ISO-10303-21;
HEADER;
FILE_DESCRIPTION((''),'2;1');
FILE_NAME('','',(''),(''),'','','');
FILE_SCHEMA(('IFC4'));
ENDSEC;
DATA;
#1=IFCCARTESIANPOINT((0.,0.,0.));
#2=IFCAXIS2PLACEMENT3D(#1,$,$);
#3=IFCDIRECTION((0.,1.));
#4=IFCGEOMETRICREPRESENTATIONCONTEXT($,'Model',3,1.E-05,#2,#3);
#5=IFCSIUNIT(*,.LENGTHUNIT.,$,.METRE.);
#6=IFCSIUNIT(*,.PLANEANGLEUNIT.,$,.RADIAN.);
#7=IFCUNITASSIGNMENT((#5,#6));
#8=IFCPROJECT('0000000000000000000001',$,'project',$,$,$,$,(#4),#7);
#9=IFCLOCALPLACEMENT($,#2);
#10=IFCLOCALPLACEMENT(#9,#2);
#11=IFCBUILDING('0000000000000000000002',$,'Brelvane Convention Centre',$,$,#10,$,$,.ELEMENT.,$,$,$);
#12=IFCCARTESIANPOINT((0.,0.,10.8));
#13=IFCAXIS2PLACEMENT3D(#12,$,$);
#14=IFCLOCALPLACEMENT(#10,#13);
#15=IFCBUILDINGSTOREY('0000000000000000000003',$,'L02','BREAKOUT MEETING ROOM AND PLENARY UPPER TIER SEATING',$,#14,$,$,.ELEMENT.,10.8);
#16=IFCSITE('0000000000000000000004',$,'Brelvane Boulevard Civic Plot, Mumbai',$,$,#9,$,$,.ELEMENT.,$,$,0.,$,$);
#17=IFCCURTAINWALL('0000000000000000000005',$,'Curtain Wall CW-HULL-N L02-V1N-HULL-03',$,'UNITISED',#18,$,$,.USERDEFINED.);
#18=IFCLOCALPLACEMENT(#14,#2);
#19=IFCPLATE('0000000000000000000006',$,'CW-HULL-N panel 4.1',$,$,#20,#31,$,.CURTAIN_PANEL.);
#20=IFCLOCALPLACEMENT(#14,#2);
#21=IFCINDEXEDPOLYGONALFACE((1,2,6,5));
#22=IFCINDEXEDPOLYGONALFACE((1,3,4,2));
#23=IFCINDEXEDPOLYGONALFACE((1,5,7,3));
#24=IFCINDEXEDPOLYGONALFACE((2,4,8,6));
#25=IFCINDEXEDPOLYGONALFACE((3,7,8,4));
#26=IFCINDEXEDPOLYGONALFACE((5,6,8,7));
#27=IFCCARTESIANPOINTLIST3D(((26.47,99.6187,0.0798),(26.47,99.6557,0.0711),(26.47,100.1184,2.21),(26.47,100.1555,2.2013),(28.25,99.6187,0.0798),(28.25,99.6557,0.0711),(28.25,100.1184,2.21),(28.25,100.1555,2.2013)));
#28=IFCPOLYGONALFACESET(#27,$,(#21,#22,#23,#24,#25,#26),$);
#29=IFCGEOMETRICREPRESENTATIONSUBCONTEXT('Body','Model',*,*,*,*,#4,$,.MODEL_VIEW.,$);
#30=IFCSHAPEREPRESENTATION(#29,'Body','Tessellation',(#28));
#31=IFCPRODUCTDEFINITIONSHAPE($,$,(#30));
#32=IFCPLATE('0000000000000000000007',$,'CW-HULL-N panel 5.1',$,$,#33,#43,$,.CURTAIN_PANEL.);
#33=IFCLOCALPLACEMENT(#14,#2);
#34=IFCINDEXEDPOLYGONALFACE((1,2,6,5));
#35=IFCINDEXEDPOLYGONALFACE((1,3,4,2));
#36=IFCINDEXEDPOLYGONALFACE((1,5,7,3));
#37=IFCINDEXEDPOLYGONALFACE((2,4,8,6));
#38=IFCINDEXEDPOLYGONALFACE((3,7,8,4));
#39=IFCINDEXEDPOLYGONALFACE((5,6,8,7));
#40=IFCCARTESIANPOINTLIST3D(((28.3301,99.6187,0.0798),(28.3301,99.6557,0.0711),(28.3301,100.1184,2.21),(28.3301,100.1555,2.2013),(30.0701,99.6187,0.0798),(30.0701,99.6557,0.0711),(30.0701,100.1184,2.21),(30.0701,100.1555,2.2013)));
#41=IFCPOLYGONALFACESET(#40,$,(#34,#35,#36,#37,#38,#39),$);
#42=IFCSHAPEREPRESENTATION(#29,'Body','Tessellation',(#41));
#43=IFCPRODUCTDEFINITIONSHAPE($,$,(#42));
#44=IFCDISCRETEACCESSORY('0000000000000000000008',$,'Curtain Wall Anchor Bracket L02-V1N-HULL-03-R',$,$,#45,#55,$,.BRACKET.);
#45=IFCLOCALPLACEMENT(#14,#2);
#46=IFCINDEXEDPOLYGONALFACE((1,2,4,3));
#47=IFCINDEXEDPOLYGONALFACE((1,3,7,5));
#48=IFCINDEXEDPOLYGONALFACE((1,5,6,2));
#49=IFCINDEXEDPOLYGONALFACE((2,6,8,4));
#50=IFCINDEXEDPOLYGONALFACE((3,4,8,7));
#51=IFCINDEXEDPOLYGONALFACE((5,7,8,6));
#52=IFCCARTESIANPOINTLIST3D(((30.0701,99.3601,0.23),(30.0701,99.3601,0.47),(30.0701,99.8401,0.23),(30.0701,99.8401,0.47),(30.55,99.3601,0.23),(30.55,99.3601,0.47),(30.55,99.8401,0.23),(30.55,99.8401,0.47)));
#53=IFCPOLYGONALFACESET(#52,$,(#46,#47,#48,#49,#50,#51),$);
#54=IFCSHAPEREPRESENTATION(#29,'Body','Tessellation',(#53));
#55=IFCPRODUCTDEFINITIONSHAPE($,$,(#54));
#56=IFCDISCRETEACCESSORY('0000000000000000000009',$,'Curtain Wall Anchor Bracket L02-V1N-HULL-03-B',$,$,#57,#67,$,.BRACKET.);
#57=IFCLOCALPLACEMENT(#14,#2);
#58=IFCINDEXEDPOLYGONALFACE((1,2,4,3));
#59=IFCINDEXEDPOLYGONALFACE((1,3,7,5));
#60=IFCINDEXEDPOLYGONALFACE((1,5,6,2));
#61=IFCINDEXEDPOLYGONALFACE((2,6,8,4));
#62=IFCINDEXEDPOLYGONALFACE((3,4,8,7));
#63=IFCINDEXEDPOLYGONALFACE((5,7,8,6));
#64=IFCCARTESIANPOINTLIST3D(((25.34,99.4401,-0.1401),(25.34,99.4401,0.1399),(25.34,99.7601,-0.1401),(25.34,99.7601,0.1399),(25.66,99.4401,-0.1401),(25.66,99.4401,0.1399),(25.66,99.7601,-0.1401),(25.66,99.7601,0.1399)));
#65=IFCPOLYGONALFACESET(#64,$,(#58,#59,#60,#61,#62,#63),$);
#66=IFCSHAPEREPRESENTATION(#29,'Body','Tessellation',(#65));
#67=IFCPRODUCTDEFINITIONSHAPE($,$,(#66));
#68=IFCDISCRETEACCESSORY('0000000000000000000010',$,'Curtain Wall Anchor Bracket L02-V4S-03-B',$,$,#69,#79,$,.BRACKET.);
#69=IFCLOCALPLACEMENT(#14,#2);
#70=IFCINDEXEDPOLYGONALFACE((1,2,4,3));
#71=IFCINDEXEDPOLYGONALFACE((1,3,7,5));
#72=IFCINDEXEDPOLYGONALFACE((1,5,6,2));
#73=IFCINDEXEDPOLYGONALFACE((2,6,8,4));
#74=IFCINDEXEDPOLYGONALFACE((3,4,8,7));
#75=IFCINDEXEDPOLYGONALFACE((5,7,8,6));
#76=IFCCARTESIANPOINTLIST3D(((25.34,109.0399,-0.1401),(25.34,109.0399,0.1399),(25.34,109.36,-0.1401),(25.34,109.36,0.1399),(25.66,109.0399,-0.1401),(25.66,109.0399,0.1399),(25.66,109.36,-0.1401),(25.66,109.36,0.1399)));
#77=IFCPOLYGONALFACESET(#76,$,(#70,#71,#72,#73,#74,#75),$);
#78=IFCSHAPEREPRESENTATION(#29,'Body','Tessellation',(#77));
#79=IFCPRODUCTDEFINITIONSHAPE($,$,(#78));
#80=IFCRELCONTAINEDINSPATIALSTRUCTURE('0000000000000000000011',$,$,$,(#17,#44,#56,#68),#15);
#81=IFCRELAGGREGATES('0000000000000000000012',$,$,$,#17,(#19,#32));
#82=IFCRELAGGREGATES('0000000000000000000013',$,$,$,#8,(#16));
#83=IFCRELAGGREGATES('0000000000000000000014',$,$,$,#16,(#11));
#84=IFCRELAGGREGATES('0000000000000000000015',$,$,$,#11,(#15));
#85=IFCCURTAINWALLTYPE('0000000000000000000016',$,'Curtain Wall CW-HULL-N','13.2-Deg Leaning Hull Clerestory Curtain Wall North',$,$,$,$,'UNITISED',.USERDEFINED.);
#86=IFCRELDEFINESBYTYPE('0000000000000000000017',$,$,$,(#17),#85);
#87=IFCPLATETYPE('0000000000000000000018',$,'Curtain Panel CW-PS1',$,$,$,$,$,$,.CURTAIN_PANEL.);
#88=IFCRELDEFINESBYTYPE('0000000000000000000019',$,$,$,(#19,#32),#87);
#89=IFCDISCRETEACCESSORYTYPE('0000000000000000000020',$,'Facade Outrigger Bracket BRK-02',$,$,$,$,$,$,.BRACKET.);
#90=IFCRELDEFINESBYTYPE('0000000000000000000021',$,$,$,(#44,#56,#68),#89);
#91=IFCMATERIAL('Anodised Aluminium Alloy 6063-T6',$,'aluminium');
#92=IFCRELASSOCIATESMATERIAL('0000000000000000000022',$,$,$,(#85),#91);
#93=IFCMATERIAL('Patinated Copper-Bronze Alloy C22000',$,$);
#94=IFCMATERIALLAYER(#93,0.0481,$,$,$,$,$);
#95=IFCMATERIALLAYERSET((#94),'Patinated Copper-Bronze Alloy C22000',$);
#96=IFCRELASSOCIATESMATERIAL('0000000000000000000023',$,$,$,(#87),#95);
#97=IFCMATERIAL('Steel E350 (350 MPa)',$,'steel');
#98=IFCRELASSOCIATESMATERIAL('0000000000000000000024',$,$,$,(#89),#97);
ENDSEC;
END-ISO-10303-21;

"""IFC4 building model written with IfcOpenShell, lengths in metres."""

from ifc_helpers import new_model, si_unit, direction, frame, origin, origin_2d, place, context, subcontext, project, spatial, polyline, rectangle, outline, extrude, material, layer, layer_set, type_object, element, aggregate, save


model = new_model("IFC4")

# Units and contexts
model_context = context("Model", 3, precision=1e-05, world=origin(), true_north=direction((0.0, 1.0)))
body_context = subcontext(model_context, "Body", "Model", "MODEL_VIEW")
ifc_project = project(units=[si_unit("LENGTHUNIT", "METRE"), si_unit("PLANEANGLEUNIT", "RADIAN")], contexts=[model_context])

# Site, building, storey
site_placement = place(None, origin())
site = spatial("IfcSite", under=ifc_project, at=site_placement, Name="Brelvane Boulevard Civic Plot, Mumbai", CompositionType="ELEMENT", RefElevation=0.0)
building_placement = place(site_placement, origin())
building = spatial("IfcBuilding", under=site, at=building_placement, Name="Brelvane Convention Centre", CompositionType="ELEMENT")
storey_placement = place(building_placement, frame((0.0, 0.0, 10.8)))
storey = spatial("IfcBuildingStorey", under=building, at=storey_placement, Name="L02", Description="BREAKOUT MEETING ROOM AND PLENARY UPPER TIER SEATING", CompositionType="ELEMENT", Elevation=10.8)

# Curtain wall
ifc_material_1 = material(Name="Anodised Aluminium Alloy 6063-T6", Category="aluminium")
curtain_wall_type_1 = type_object("IfcCurtainWallType", Name="Curtain Wall CW-HULL-N", Description="13.2-Deg Leaning Hull Clerestory Curtain Wall North", ElementType="UNITISED", PredefinedType="USERDEFINED", material=ifc_material_1)
curtain_wall_1_placement = place(storey_placement, origin())
curtain_wall_1 = element("IfcCurtainWall", 1, at=curtain_wall_1_placement, inside=storey, type_object=curtain_wall_type_1, Name="Curtain Wall CW-HULL-N L02-V1N-HULL-03", ObjectType="UNITISED", PredefinedType="USERDEFINED")

# Plates
ifc_material_2 = material(Name="Patinated Copper-Bronze Alloy C22000")
ifc_layer_1 = layer(ifc_material_2, 0.0481)
ifc_layer_set_1 = layer_set([ifc_layer_1], Name="Patinated Copper-Bronze Alloy C22000")
plate_type_1 = type_object("IfcPlateType", Name="Curtain Panel CW-PS1", PredefinedType="CURTAIN_PANEL", material=ifc_layer_set_1)
plate_1_placement = place(storey_placement, frame((26.47, 99.6187, 0.0798), z_axis=(0.0, -0.973565, 0.228411), x_axis=(1.0, 0.0, 0.0)))
plate_1 = element("IfcPlate", 2, at=plate_1_placement, type_object=plate_type_1, Name="CW-HULL-N panel 4.1", PredefinedType="CURTAIN_PANEL", context=body_context, shape_type="SweptSolid", body=[
    extrude(outline(polyline([(0.0, 0.0), (1.78, 0.0), (1.78, 2.188), (0.0, 2.188), (0.0, 0.0)])), origin(), (0.0, 0.0, -1.0), 0.0381),
])
plate_2_placement = place(storey_placement, frame((28.3301, 99.6187, 0.0798), z_axis=(0.0, -0.973565, 0.228411), x_axis=(1.0, 0.0, 0.0)))
plate_2 = element("IfcPlate", 3, at=plate_2_placement, type_object=plate_type_1, Name="CW-HULL-N panel 5.1", PredefinedType="CURTAIN_PANEL", context=body_context, shape_type="SweptSolid", body=[
    extrude(outline(polyline([(0.0, 0.0), (1.74, 0.0), (1.74, 2.188), (0.0, 2.188), (0.0, 0.0)])), origin(), (0.0, 0.0, -1.0), 0.0381),
])
aggregate(curtain_wall_1, [plate_1, plate_2])

# Discrete accessories
ifc_material_3 = material(Name="Steel E350 (350 MPa)", Category="steel")
discrete_accessory_type = type_object("IfcDiscreteAccessoryType", Name="Facade Outrigger Bracket BRK-02", PredefinedType="BRACKET", material=ifc_material_3)
discrete_accessory_placement = place(storey_placement, frame((30.3101, 99.6001, 0.23), z_axis=(0.0, 0.0, 1.0), x_axis=(1.0, 0.0, 0.0)))
element("IfcDiscreteAccessory", 4, at=discrete_accessory_placement, inside=storey, type_object=discrete_accessory_type, Name="Curtain Wall Anchor Bracket L02-V1N-HULL-03-R", PredefinedType="BRACKET", context=body_context, shape_type="SweptSolid", body=[
    extrude(rectangle(XDim=0.48, YDim=0.48, at=origin_2d()), origin(), (0.0, 0.0, 1.0), 0.24),
])
for number, where, z_axis, x_axis, name in (
    (5, (25.5, 99.6001, -0.1401), (0.0, 0.0, 1.0), (1.0, 0.0, 0.0), "Curtain Wall Anchor Bracket L02-V1N-HULL-03-B"),
    (6, (25.5, 109.2, -0.1401), (0.0, 0.0, 1.0), (1.0, 0.0, 0.0), "Curtain Wall Anchor Bracket L02-V4S-03-B"),
):
    element("IfcDiscreteAccessory", number, at=place(storey_placement, frame(where, z_axis=z_axis, x_axis=x_axis)), inside=storey, type_object=discrete_accessory_type, Name=name, PredefinedType="BRACKET", context=body_context, shape_type="SweptSolid", body=[
        extrude(rectangle(XDim=0.3201, YDim=0.3201, at=origin_2d()), origin(), (0.0, 0.0, 1.0), 0.28),
    ])

save(model, "model.ifc")
